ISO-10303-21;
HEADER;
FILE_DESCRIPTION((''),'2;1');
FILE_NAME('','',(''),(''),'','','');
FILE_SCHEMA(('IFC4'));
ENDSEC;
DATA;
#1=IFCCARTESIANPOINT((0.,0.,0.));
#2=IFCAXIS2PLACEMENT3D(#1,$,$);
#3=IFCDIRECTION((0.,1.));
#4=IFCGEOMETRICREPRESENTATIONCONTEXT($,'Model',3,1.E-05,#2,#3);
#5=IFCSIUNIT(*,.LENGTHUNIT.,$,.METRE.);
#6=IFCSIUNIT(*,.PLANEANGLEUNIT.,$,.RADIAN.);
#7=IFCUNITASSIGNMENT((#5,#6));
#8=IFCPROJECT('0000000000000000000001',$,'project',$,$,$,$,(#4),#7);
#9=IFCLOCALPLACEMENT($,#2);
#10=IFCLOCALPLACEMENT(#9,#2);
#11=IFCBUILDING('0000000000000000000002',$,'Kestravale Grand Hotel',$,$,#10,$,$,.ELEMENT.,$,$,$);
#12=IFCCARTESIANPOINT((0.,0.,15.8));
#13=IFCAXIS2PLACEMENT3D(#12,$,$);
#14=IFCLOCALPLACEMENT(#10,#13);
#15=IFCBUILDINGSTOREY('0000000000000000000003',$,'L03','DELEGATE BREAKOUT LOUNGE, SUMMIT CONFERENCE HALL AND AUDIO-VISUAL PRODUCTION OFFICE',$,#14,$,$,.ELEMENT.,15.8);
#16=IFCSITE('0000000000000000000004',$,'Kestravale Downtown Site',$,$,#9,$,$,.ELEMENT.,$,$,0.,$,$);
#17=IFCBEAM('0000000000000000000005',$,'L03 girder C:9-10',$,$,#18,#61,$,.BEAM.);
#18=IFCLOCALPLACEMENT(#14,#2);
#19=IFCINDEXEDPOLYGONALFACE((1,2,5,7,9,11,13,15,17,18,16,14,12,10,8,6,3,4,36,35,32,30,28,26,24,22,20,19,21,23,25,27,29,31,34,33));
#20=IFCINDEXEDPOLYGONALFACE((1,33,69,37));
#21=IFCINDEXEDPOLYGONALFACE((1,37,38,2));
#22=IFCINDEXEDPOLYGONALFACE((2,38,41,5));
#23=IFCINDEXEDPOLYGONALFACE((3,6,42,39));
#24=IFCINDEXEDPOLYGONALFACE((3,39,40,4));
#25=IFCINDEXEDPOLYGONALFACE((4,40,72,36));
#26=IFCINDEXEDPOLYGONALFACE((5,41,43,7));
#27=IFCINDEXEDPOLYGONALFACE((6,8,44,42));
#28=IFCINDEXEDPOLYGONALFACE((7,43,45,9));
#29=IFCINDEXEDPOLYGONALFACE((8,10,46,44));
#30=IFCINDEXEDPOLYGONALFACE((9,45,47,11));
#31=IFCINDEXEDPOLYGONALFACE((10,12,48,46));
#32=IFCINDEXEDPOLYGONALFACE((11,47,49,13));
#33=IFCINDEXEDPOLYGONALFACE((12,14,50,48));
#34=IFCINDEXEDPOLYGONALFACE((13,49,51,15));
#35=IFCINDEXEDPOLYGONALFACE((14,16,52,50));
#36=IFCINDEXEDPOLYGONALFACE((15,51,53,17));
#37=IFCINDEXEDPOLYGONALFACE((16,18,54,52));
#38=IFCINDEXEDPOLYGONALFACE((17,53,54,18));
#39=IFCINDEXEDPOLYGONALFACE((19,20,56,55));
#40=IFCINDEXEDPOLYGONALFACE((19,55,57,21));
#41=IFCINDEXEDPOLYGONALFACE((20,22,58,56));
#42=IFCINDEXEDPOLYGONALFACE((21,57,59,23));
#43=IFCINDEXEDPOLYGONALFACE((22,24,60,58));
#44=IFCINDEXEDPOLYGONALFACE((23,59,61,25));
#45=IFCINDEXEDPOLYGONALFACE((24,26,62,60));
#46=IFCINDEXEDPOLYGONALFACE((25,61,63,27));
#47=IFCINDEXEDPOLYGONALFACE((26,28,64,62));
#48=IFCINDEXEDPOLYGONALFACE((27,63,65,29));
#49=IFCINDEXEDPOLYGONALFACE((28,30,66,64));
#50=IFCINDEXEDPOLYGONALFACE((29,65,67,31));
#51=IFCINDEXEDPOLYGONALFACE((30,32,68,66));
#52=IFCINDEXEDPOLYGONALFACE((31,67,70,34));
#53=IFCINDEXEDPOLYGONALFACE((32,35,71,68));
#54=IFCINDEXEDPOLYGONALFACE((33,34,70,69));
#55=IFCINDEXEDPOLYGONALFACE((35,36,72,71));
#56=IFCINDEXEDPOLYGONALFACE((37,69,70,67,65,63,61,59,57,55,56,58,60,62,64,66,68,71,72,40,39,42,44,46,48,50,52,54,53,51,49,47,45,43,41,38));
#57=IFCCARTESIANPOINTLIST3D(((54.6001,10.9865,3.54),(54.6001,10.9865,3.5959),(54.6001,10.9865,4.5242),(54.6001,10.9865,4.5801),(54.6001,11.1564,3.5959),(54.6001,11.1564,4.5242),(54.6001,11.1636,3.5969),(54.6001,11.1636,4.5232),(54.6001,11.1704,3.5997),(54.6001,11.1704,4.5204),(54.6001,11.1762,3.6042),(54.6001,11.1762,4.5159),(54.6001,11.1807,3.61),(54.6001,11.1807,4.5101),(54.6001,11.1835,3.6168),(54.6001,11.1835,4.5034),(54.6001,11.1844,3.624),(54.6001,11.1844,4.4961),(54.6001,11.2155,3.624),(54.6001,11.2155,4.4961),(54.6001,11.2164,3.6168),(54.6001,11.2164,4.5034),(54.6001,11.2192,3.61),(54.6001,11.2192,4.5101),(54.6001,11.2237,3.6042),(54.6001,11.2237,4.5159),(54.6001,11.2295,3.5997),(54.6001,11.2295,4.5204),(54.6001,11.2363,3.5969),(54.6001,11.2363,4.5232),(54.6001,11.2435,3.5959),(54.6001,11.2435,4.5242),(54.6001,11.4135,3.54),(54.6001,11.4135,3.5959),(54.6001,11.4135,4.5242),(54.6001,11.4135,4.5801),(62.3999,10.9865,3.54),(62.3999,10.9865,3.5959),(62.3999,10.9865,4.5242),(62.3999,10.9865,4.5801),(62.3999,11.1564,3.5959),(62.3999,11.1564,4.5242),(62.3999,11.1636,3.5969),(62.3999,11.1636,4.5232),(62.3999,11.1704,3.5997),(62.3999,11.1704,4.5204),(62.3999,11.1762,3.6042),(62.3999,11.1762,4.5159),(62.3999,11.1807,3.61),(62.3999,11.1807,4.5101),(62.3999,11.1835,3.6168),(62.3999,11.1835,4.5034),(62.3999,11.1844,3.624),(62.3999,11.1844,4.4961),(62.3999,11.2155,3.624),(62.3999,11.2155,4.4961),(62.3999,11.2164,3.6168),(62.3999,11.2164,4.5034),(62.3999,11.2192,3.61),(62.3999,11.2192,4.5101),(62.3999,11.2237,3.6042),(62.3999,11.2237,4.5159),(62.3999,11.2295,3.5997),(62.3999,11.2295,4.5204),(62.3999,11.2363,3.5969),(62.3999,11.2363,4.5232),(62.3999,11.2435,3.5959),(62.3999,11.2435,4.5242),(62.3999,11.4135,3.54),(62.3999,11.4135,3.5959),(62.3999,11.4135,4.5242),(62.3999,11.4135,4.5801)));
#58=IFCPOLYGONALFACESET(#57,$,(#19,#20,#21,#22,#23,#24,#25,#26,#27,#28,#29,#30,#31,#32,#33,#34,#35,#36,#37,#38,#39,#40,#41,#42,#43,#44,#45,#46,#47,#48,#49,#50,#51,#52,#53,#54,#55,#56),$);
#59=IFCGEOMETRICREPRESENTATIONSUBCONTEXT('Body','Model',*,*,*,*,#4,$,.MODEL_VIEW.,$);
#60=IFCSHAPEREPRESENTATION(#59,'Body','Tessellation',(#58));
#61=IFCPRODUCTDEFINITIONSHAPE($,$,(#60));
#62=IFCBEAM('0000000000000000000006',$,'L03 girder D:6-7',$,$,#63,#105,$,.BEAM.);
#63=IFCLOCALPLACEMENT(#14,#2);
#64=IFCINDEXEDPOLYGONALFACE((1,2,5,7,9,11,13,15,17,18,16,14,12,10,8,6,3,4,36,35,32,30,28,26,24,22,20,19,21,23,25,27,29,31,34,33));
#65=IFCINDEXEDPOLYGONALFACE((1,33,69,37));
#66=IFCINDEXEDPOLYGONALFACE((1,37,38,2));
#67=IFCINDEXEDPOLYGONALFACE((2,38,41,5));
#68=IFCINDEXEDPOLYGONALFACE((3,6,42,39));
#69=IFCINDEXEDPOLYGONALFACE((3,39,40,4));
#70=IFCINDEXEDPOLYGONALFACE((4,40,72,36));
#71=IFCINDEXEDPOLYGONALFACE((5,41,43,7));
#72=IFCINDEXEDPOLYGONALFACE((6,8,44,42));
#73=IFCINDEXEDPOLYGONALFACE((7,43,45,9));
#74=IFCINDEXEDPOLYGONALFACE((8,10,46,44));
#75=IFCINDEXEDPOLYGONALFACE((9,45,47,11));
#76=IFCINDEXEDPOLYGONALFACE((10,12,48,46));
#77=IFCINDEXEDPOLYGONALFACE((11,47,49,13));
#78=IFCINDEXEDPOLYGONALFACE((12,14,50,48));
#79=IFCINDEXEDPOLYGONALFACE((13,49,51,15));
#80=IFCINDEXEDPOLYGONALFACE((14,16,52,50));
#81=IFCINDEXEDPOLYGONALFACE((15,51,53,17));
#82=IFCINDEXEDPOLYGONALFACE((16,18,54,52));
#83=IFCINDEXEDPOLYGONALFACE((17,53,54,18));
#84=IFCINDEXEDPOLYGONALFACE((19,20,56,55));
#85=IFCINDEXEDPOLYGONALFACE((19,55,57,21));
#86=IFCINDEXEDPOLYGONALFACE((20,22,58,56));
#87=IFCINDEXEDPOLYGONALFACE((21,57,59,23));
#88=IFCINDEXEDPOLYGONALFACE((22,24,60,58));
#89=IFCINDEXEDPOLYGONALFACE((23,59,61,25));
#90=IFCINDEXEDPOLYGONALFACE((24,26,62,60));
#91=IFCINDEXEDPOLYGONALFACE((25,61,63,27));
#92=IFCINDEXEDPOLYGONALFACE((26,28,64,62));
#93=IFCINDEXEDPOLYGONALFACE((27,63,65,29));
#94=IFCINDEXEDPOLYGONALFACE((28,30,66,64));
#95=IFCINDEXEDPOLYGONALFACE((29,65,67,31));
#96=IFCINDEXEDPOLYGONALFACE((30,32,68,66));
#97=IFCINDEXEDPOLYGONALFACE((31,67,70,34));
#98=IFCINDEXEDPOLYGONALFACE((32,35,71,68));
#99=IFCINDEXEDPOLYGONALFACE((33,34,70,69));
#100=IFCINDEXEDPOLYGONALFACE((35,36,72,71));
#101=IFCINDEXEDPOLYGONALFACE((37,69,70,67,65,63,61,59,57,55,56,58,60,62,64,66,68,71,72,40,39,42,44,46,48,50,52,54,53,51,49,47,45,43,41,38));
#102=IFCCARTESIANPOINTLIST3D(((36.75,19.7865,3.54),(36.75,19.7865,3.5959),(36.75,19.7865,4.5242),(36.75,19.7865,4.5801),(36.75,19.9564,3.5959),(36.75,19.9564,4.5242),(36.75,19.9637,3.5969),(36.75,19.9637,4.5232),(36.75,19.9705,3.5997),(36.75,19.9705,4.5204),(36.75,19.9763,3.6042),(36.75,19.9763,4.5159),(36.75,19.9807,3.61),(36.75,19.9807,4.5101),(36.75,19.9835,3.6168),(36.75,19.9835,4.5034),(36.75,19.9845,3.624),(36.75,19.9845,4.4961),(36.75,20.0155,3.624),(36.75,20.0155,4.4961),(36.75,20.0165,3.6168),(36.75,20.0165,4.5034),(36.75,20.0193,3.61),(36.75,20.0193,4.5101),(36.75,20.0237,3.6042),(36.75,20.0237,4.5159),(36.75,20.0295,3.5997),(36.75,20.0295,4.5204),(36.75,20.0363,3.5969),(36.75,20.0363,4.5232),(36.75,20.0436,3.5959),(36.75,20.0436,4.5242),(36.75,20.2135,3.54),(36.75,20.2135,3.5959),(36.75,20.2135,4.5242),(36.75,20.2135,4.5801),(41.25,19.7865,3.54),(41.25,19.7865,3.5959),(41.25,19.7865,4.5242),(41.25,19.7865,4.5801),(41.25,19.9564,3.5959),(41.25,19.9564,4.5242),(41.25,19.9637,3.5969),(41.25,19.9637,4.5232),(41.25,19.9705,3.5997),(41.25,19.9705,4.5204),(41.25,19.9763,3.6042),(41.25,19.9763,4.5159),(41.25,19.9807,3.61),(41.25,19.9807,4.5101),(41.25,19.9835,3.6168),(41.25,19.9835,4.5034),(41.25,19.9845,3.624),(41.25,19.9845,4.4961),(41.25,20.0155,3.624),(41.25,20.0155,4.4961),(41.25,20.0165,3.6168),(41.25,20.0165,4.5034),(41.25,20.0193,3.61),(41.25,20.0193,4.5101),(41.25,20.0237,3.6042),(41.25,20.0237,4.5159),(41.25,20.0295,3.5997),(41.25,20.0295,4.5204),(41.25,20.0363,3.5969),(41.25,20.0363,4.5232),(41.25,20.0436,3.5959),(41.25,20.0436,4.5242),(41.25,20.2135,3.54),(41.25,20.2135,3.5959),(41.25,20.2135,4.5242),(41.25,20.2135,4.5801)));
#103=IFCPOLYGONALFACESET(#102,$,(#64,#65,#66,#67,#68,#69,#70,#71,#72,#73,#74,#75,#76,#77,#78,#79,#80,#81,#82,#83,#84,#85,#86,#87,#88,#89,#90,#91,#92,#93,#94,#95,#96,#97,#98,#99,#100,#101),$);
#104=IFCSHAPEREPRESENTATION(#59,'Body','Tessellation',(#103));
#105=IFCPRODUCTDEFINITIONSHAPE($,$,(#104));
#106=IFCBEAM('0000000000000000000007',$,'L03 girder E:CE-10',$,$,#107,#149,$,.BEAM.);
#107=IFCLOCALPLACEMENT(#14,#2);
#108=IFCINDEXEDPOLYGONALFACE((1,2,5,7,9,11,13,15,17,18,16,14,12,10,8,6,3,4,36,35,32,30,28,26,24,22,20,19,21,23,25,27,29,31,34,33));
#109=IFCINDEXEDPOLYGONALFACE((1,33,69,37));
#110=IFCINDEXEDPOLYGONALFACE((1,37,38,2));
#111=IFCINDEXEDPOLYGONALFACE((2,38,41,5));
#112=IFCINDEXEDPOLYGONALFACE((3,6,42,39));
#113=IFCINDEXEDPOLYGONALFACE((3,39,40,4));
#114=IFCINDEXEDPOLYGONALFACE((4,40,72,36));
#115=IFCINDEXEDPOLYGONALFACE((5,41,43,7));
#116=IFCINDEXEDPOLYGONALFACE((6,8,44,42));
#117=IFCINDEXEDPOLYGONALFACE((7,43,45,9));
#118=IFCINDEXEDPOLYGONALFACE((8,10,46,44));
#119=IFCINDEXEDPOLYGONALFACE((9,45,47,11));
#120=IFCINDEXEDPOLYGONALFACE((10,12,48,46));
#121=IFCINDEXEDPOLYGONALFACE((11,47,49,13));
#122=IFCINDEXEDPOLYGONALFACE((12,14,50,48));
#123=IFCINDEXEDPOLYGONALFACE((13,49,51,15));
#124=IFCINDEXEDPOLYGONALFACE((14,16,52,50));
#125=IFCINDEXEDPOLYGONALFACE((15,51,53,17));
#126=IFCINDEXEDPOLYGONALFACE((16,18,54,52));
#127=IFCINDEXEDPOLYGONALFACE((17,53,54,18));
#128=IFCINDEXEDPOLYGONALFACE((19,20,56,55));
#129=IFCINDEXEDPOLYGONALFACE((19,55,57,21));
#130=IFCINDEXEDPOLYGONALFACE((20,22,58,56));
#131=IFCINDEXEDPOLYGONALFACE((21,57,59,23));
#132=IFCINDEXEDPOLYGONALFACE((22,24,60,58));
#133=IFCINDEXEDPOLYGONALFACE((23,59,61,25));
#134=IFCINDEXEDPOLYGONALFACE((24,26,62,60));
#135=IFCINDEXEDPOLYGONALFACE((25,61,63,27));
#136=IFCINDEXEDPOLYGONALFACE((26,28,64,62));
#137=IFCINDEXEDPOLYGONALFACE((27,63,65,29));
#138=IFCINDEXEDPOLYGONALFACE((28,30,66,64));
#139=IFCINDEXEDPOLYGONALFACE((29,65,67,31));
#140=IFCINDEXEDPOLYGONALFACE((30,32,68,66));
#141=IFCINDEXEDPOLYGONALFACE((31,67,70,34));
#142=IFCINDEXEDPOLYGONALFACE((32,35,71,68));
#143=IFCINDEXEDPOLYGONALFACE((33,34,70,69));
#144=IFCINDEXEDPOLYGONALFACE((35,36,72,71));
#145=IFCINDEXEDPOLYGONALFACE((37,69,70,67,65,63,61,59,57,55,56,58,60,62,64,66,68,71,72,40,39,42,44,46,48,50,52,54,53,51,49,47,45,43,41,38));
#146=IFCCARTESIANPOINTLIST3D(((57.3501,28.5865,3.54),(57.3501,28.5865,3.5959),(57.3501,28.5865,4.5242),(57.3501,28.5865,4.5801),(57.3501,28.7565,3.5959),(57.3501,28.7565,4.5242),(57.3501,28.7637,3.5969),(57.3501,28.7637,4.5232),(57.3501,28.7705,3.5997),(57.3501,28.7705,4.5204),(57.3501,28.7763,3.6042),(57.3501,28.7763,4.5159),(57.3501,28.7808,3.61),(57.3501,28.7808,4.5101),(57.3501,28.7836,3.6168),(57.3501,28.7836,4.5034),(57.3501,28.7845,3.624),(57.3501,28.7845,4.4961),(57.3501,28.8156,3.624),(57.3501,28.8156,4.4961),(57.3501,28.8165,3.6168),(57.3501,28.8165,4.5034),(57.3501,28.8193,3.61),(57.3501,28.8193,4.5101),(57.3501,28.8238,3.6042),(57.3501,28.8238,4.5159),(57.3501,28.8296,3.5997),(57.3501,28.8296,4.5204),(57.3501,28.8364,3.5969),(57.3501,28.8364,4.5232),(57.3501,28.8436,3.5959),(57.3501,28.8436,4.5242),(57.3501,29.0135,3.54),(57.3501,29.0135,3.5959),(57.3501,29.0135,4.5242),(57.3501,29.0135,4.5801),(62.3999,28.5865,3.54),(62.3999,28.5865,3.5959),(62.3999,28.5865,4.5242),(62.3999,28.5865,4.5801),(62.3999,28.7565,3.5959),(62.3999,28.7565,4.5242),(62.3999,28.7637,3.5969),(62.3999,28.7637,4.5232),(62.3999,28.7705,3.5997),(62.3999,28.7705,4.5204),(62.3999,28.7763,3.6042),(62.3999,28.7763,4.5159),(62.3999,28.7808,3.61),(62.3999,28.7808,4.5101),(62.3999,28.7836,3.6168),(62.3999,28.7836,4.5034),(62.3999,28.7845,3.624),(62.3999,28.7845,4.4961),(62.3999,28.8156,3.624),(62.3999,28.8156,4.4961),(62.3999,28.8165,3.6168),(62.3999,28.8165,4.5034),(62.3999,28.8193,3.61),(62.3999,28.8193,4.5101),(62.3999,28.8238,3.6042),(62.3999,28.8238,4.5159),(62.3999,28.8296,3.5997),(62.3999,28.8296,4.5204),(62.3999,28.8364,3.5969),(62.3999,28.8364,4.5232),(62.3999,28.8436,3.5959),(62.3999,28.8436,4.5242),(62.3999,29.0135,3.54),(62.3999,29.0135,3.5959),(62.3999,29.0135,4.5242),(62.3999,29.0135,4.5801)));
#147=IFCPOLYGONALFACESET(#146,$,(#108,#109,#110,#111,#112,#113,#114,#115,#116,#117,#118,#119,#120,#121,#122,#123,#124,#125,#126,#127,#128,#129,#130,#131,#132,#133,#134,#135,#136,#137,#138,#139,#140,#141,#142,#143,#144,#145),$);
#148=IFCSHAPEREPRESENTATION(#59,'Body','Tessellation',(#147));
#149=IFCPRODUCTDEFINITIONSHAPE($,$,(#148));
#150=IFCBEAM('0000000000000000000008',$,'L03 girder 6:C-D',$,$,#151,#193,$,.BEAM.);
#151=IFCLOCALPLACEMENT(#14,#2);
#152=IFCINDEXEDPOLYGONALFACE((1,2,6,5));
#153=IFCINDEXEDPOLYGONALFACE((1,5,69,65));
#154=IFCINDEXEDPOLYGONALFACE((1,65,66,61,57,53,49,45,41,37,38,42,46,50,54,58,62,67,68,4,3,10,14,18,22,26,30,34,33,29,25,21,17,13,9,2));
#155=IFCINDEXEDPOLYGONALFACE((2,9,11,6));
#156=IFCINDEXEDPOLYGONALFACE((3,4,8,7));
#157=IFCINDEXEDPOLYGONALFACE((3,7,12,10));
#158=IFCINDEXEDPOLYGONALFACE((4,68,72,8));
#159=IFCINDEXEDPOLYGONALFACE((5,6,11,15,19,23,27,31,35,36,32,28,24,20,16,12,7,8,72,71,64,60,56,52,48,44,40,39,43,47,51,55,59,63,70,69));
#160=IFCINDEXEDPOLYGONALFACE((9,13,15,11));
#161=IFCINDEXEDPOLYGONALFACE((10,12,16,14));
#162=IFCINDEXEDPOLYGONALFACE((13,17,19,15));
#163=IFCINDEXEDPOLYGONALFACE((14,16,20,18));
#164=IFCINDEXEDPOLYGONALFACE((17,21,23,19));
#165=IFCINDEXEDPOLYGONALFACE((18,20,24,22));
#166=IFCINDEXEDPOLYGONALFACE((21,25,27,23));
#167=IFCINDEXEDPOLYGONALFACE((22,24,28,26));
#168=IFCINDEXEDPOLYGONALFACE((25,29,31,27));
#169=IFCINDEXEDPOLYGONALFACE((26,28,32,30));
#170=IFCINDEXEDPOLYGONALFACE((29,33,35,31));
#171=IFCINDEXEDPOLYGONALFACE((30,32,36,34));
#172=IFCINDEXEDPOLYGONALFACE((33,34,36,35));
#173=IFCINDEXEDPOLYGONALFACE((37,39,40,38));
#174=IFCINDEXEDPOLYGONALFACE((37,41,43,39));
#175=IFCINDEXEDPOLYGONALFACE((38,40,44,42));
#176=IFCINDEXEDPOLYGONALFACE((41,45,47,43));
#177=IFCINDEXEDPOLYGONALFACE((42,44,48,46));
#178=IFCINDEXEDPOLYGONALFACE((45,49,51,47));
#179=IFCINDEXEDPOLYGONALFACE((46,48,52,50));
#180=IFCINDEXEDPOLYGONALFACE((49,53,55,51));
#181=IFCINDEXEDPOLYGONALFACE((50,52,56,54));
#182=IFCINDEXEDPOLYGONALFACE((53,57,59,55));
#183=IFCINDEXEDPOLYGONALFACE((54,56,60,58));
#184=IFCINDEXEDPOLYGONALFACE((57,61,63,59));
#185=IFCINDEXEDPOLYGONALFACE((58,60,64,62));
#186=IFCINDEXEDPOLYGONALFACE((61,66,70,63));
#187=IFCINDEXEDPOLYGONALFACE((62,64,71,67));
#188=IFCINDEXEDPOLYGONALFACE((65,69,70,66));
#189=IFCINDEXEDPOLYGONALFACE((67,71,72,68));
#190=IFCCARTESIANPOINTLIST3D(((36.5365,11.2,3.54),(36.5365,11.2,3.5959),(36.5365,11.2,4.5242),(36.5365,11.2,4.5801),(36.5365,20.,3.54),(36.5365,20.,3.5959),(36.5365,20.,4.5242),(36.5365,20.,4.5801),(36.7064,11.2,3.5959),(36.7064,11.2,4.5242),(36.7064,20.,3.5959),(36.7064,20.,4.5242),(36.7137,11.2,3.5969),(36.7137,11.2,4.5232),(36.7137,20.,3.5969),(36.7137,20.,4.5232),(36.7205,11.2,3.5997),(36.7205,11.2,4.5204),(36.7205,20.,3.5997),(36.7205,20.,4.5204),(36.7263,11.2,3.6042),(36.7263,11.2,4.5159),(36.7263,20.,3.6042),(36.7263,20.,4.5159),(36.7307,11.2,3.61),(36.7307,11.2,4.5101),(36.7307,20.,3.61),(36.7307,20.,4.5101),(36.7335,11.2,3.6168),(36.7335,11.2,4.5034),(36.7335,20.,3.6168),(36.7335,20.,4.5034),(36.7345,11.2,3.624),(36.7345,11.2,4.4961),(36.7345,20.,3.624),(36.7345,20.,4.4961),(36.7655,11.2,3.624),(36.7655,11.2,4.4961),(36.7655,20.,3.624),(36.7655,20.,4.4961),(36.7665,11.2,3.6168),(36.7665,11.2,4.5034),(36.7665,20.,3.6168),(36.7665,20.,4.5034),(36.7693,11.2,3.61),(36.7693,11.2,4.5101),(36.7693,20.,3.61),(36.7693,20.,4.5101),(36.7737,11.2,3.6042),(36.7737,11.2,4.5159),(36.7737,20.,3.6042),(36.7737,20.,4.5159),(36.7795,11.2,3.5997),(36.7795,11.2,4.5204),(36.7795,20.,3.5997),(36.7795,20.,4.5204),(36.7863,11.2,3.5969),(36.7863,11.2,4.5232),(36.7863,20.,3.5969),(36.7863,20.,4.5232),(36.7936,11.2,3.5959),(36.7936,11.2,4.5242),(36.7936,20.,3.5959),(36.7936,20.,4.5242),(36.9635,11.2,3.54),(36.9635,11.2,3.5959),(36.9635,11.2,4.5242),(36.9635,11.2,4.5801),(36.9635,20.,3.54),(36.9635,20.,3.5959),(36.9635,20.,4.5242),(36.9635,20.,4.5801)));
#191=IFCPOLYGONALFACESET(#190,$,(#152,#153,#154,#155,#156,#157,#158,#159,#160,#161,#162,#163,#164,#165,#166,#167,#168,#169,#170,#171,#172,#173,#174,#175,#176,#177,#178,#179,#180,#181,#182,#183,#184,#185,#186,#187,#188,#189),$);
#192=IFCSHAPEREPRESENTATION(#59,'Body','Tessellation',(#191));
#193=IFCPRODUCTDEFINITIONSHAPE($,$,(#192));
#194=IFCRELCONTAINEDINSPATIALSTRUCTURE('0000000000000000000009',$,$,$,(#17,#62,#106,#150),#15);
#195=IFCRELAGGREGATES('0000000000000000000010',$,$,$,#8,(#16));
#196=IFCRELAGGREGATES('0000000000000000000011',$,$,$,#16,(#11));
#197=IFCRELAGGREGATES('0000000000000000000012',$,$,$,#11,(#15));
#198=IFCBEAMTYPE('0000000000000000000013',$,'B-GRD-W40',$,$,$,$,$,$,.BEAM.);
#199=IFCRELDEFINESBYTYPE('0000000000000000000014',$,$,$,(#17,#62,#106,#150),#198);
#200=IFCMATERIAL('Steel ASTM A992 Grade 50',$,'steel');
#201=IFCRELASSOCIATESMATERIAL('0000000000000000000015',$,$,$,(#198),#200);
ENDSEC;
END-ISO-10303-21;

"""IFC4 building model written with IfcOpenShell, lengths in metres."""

from ifc_helpers import new_model, si_unit, direction, frame, origin, origin_2d, place, context, subcontext, project, spatial, i_section, extrude, material, material_profile, profile_set, type_object, element, save


model = new_model("IFC4")

# Units and contexts
model_context = context("Model", 3, precision=1e-05, world=origin(), true_north=direction((0.0, 1.0)))
body_context = subcontext(model_context, "Body", "Model", "MODEL_VIEW")
ifc_project = project(units=[si_unit("LENGTHUNIT", "METRE"), si_unit("PLANEANGLEUNIT", "RADIAN")], contexts=[model_context])

# Site, building, storey
site_placement = place(None, origin())
site = spatial("IfcSite", under=ifc_project, at=site_placement, Name="Kestravale Downtown Site", CompositionType="ELEMENT", RefElevation=0.0)
building_placement = place(site_placement, origin())
building = spatial("IfcBuilding", under=site, at=building_placement, Name="Kestravale Grand Hotel", CompositionType="ELEMENT")
storey_placement = place(building_placement, frame((0.0, 0.0, 15.8)))
storey = spatial("IfcBuildingStorey", under=building, at=storey_placement, Name="L03", Description="DELEGATE BREAKOUT LOUNGE, SUMMIT CONFERENCE HALL AND AUDIO-VISUAL PRODUCTION OFFICE", CompositionType="ELEMENT", Elevation=15.8)

# Beams
ifc_material_1 = material(Name="Steel ASTM A992 Grade 50", Category="steel")
ifc_material_profile_1 = material_profile(ifc_material_1, i_section(OverallWidth=0.427, OverallDepth=1.04, WebThickness=0.031, FlangeThickness=0.0559, FilletRadius=0.0281, at=origin_2d()))
ifc_profile_set_1 = profile_set([ifc_material_profile_1], Name="Steel ASTM A992 Grade 50")
beam_type = type_object("IfcBeamType", Name="B-GRD-W40", PredefinedType="BEAM", material=ifc_profile_set_1)
beam_1_placement = place(storey_placement, frame((54.6001, 11.2, 4.0601), z_axis=(1.0, 0.0, 0.0), x_axis=(0.0, 1.0, 0.0)))
element("IfcBeam", 1, at=beam_1_placement, inside=storey, type_object=beam_type, Name="L03 girder C:9-10", PredefinedType="BEAM", context=body_context, shape_type="SweptSolid", body=[
    extrude(i_section(OverallWidth=0.427, OverallDepth=1.04, WebThickness=0.031, FlangeThickness=0.0559, FilletRadius=0.0281, at=origin_2d()), origin(), (0.0, 0.0, 1.0), 7.7998),
])
beam_2_placement = place(storey_placement, frame((36.75, 20.0, 4.0601), z_axis=(1.0, 0.0, 0.0), x_axis=(0.0, 1.0, 0.0)))
element("IfcBeam", 2, at=beam_2_placement, inside=storey, type_object=beam_type, Name="L03 girder D:6-7", PredefinedType="BEAM", context=body_context, shape_type="SweptSolid", body=[
    extrude(i_section(OverallWidth=0.427, OverallDepth=1.04, WebThickness=0.031, FlangeThickness=0.0559, FilletRadius=0.0281, at=origin_2d()), origin(), (0.0, 0.0, 1.0), 4.5),
])
beam_3_placement = place(storey_placement, frame((57.3501, 28.8, 4.0601), z_axis=(1.0, 0.0, 0.0), x_axis=(0.0, 1.0, 0.0)))
element("IfcBeam", 3, at=beam_3_placement, inside=storey, type_object=beam_type, Name="L03 girder E:CE-10", PredefinedType="BEAM", context=body_context, shape_type="SweptSolid", body=[
    extrude(i_section(OverallWidth=0.427, OverallDepth=1.04, WebThickness=0.031, FlangeThickness=0.0559, FilletRadius=0.0281, at=origin_2d()), origin(), (0.0, 0.0, 1.0), 5.0498),
])
for number, where, z_axis, x_axis, name in (
    (4, (36.75, 11.2, 4.0601), (0.0, 1.0, 0.0), (-1.0, 0.0, 0.0), "L03 girder 6:C-D"),
):
    element("IfcBeam", number, at=place(storey_placement, frame(where, z_axis=z_axis, x_axis=x_axis)), inside=storey, type_object=beam_type, Name=name, PredefinedType="BEAM", context=body_context, shape_type="SweptSolid", body=[
        extrude(i_section(OverallWidth=0.427, OverallDepth=1.04, WebThickness=0.031, FlangeThickness=0.0559, FilletRadius=0.0281, at=origin_2d()), origin(), (0.0, 0.0, 1.0), 8.8),
    ])

save(model, "model.ifc")
